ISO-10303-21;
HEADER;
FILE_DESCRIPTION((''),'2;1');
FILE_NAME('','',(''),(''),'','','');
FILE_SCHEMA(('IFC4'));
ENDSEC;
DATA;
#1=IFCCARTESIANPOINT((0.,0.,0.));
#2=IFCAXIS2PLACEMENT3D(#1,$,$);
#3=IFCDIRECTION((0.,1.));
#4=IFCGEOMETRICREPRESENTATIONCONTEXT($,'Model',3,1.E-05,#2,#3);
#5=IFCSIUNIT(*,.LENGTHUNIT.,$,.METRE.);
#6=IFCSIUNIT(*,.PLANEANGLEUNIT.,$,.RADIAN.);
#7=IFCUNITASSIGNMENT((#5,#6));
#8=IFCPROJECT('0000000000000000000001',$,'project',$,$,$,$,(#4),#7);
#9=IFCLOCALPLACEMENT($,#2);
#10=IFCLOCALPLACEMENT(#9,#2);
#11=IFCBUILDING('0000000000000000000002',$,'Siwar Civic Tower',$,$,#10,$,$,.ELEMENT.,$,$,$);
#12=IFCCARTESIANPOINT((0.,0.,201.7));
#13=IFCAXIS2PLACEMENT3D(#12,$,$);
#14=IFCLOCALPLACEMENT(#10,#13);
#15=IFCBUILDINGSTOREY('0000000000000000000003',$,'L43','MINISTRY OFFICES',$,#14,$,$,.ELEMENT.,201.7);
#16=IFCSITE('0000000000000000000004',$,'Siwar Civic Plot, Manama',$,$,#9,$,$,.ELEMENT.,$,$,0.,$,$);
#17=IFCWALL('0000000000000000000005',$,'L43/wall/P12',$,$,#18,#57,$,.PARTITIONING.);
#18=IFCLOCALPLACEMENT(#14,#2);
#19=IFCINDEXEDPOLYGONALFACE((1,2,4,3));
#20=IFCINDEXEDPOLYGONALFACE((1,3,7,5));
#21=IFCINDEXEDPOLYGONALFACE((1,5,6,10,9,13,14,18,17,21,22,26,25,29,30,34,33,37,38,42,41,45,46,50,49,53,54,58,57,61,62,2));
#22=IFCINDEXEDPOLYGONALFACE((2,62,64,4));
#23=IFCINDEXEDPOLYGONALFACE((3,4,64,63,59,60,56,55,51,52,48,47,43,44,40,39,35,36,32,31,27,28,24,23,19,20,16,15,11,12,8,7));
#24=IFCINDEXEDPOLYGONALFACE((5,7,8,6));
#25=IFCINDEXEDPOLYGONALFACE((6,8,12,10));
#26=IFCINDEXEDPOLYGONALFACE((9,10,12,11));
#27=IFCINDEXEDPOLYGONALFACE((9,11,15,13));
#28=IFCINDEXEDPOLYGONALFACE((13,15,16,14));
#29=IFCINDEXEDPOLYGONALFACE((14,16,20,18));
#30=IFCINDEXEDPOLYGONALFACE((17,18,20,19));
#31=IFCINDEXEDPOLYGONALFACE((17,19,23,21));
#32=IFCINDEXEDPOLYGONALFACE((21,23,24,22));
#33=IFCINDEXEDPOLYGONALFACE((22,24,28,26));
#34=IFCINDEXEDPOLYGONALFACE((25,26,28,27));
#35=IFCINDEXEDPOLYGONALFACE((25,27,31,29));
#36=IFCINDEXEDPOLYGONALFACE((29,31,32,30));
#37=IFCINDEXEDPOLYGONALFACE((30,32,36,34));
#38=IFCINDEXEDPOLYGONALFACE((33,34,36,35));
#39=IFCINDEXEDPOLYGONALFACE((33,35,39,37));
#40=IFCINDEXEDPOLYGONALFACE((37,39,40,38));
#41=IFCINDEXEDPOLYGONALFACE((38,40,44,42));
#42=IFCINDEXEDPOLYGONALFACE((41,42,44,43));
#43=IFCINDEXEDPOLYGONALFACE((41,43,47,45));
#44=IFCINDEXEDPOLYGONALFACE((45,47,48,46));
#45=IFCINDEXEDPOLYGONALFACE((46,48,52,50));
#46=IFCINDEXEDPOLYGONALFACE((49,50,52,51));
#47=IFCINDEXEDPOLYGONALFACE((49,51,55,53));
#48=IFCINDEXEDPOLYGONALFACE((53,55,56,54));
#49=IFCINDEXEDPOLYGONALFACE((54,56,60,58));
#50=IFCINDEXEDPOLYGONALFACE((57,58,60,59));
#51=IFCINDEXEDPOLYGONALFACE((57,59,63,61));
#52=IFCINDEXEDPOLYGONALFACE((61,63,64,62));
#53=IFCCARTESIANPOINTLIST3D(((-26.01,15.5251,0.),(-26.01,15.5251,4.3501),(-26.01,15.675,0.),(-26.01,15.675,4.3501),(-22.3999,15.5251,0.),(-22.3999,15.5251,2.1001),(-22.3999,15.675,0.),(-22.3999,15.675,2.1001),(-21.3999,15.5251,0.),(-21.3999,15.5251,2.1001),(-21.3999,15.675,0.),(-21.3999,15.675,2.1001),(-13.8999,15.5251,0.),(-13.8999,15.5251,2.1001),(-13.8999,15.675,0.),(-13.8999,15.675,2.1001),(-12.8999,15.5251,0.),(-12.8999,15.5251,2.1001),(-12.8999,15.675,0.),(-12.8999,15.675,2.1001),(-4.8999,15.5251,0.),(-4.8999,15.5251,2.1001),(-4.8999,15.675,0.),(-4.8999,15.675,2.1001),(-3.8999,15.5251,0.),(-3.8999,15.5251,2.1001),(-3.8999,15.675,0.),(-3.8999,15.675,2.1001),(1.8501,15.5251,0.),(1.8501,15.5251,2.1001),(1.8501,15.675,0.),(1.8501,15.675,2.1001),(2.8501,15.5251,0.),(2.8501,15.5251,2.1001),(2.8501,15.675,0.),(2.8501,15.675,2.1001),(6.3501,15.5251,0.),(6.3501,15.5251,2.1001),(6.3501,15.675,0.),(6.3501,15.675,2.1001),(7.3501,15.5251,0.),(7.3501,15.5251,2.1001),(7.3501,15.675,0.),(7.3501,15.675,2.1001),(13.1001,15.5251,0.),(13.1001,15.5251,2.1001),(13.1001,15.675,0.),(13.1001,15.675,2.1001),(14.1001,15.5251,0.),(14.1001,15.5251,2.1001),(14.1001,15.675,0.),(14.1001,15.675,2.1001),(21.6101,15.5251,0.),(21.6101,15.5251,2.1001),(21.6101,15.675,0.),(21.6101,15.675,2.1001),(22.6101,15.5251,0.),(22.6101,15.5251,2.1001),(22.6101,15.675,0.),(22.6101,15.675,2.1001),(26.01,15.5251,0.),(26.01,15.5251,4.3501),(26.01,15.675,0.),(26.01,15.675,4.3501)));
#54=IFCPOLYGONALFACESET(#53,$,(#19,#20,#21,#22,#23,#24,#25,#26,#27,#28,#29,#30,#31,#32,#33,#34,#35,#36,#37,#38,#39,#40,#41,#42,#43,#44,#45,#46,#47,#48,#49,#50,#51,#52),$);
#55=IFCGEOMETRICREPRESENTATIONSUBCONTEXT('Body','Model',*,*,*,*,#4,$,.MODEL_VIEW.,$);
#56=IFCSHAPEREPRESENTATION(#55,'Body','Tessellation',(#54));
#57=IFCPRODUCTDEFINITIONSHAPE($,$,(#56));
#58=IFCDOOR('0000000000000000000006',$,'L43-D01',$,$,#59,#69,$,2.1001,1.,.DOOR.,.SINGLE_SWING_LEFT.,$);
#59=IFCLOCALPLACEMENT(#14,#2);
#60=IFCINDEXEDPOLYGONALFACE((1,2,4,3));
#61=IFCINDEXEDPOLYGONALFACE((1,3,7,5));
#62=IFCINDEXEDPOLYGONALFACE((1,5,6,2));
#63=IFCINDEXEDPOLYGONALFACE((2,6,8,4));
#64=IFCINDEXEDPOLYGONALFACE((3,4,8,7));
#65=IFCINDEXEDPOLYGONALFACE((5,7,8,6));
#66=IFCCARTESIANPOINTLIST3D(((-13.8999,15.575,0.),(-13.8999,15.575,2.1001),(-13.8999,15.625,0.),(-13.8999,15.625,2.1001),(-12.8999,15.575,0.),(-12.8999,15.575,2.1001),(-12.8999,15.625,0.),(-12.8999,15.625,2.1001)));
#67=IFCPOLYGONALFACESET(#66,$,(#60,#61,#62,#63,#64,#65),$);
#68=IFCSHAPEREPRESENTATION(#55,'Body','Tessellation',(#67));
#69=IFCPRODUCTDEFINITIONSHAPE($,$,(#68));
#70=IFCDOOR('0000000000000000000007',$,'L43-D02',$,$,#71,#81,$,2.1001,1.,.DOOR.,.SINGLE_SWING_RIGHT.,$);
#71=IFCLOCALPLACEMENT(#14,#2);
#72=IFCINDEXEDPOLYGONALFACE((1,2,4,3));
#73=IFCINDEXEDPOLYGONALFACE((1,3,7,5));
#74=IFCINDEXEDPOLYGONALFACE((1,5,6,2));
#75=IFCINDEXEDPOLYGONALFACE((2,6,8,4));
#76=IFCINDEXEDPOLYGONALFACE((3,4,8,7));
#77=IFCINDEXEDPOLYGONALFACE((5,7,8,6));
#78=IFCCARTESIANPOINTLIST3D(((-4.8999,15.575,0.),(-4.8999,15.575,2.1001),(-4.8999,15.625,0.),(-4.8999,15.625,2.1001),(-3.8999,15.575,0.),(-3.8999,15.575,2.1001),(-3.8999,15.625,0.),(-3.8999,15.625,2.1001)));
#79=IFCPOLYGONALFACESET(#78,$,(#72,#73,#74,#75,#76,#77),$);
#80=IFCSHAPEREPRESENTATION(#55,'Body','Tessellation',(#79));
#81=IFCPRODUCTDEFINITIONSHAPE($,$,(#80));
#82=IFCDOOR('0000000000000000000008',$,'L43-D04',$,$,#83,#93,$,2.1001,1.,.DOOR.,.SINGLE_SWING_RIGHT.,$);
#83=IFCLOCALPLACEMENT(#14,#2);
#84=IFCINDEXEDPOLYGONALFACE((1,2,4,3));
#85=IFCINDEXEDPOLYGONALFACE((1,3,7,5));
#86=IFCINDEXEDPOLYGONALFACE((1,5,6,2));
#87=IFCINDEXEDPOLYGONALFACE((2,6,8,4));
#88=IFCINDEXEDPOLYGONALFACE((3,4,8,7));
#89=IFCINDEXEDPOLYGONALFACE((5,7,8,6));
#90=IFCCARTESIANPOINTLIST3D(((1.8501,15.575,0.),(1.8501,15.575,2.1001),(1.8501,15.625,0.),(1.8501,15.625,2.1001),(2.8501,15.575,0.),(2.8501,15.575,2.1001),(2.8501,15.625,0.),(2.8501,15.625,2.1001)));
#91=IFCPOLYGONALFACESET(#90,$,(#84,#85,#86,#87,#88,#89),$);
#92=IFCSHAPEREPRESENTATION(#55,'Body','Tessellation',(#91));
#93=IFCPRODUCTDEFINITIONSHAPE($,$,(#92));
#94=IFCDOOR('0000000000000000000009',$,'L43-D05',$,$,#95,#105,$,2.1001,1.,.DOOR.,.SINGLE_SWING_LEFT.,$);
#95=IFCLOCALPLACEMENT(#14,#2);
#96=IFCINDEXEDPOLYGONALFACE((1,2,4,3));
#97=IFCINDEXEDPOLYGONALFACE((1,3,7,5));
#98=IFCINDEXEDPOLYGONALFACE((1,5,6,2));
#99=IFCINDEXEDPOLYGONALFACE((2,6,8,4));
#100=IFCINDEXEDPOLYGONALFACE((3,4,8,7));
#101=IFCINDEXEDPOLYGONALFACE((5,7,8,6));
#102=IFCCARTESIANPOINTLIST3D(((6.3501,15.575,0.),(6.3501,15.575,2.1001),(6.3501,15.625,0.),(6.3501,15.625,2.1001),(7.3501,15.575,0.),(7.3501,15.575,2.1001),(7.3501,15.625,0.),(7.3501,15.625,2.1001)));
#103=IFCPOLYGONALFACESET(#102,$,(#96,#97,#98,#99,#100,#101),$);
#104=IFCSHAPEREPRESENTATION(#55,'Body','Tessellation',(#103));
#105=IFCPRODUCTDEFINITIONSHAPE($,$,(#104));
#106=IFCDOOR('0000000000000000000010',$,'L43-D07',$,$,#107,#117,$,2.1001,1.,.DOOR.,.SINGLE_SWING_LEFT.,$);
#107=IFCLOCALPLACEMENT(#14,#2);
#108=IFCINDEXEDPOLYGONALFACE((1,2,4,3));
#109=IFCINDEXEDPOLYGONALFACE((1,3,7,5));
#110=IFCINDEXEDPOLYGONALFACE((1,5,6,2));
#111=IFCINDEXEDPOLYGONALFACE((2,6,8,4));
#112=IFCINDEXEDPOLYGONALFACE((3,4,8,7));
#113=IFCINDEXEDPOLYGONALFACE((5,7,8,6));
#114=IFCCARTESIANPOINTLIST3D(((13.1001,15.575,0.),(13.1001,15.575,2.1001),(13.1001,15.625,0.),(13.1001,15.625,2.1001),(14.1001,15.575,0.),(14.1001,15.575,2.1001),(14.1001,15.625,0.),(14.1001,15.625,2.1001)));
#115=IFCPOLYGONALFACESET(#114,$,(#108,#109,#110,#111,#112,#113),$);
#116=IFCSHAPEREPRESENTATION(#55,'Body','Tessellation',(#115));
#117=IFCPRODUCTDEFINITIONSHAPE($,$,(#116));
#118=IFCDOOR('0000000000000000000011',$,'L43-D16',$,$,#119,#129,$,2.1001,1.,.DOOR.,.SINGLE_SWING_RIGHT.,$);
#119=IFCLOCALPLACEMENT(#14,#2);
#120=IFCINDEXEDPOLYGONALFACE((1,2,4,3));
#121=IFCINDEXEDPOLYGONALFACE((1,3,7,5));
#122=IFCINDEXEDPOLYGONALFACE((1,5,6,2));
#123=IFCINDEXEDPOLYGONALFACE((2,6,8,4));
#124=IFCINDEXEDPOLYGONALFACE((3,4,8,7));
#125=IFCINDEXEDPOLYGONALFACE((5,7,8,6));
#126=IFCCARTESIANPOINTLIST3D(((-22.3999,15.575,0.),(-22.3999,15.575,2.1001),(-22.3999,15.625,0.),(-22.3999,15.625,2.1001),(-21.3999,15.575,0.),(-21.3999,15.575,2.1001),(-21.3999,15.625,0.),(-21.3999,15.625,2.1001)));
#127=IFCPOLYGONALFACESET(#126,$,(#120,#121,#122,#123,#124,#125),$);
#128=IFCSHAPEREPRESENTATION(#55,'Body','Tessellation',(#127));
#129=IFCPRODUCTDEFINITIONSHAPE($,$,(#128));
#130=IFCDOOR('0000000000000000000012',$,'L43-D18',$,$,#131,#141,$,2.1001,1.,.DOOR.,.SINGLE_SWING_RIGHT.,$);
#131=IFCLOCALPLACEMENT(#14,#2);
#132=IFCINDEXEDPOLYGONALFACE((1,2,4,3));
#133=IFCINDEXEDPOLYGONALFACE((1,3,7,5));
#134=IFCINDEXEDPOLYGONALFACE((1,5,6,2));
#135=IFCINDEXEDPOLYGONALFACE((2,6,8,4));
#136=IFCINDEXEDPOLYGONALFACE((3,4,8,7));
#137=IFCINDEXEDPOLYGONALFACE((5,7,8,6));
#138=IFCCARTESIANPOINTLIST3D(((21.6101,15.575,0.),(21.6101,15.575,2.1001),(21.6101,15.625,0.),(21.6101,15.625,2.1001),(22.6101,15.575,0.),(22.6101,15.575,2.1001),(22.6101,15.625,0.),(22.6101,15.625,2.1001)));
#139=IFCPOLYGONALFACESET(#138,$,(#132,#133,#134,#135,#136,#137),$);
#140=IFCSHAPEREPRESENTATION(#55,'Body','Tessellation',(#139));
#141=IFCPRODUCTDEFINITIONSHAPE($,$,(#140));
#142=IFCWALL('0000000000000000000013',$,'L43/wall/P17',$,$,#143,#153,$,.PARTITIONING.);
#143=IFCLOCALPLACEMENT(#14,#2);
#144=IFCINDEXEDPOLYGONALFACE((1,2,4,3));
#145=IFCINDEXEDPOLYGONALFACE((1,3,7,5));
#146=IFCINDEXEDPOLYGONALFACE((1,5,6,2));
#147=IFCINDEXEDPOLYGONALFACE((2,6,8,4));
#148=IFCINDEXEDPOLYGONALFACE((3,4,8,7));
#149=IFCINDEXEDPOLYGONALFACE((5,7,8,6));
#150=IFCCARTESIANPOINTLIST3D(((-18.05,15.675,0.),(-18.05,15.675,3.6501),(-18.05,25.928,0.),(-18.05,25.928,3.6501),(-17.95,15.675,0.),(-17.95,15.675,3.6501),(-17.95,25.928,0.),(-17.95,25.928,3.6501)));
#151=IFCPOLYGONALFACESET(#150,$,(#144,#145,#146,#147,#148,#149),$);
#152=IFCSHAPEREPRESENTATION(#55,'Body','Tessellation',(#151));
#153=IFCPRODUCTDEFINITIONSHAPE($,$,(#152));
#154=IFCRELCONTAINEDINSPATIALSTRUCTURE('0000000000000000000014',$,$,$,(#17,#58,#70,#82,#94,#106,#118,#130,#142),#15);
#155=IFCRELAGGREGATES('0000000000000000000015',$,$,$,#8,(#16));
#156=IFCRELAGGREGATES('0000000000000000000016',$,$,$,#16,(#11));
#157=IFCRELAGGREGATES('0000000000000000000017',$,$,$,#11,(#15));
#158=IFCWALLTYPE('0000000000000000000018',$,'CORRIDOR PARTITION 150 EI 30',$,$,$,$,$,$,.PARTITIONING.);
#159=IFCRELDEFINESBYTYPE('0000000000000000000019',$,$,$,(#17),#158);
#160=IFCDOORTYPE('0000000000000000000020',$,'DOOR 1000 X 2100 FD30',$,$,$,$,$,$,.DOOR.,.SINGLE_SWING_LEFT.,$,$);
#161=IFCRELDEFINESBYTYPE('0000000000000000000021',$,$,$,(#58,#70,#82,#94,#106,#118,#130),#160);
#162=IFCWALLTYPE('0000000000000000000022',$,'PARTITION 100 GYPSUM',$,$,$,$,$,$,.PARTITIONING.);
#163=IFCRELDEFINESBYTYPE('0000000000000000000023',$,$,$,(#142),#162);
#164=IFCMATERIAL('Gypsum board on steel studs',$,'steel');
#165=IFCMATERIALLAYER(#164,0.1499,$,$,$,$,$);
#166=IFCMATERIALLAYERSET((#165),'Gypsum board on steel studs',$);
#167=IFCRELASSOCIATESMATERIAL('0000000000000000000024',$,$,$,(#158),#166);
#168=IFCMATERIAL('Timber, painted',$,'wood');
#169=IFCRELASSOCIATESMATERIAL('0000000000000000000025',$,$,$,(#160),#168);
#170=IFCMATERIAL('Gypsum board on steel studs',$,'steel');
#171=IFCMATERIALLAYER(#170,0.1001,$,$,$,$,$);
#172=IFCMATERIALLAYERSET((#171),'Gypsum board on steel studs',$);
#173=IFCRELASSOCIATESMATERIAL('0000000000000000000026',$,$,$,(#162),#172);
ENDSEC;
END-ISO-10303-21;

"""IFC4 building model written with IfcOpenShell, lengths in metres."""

from ifc_helpers import new_model, si_unit, direction, frame, frame_2d, origin, place, context, subcontext, project, spatial, rectangle, extrude, material, layer, layer_set, type_object, element, fill, save


model = new_model("IFC4")

# Units and contexts
model_context = context("Model", 3, precision=1e-05, world=origin(), true_north=direction((0.0, 1.0)))
body_context = subcontext(model_context, "Body", "Model", "MODEL_VIEW")
ifc_project = project(units=[si_unit("LENGTHUNIT", "METRE"), si_unit("PLANEANGLEUNIT", "RADIAN")], contexts=[model_context])

# Site, building, storey
site_placement = place(None, origin())
site = spatial("IfcSite", under=ifc_project, at=site_placement, Name="Siwar Civic Plot, Manama", CompositionType="ELEMENT", RefElevation=0.0)
building_placement = place(site_placement, origin())
building = spatial("IfcBuilding", under=site, at=building_placement, Name="Siwar Civic Tower", CompositionType="ELEMENT")
storey_placement = place(building_placement, frame((0.0, 0.0, 201.7)))
storey = spatial("IfcBuildingStorey", under=building, at=storey_placement, Name="L43", Description="MINISTRY OFFICES", CompositionType="ELEMENT", Elevation=201.7)

# Shared definitions
ifc_material_1 = material(Name="Gypsum board on steel studs", Category="steel")
ifc_layer_1 = layer(ifc_material_1, 0.1499)
ifc_layer_set_1 = layer_set([ifc_layer_1], Name="Gypsum board on steel studs")
wall_type_1 = type_object("IfcWallType", Name="CORRIDOR PARTITION 150 EI 30", PredefinedType="PARTITIONING", material=ifc_layer_set_1)

# Wall, openings, doors
wall_1_placement = place(storey_placement, frame((-26.01, 15.6001, 0.0), z_axis=(0.0, 0.0, 1.0), x_axis=(1.0, 0.0, 0.0)))
wall_1 = element("IfcWall", 1, at=wall_1_placement, inside=storey, type_object=wall_type_1, Name="L43/wall/P12", PredefinedType="PARTITIONING", context=body_context, shape_type="SweptSolid", body=[
    extrude(rectangle(XDim=52.02, YDim=0.1499, at=frame_2d((26.01, 0.0))), origin(), (0.0, 0.0, 1.0), 4.3501),
])
opening_1_placement = place(wall_1_placement, frame((12.1101, 0.0, 0.0)))
opening_1 = element("IfcOpeningElement", 2, at=opening_1_placement, cuts=wall_1, PredefinedType="OPENING", context=body_context, shape_type="SweptSolid", body=[
    extrude(rectangle(XDim=1.0, YDim=2.1001, at=frame_2d((0.5, 1.05))), frame((0.0, 0.085, 0.0), z_axis=(0.0, -1.0, 0.0), x_axis=(1.0, 0.0, 0.0)), (0.0, 0.0, 1.0), 0.1699),
])
opening_2_placement = place(wall_1_placement, frame((21.1101, 0.0, 0.0)))
opening_2 = element("IfcOpeningElement", 3, at=opening_2_placement, cuts=wall_1, PredefinedType="OPENING", context=body_context, shape_type="SweptSolid", body=[
    extrude(rectangle(XDim=1.0, YDim=2.1001, at=frame_2d((0.5, 1.05))), frame((0.0, 0.085, 0.0), z_axis=(0.0, -1.0, 0.0), x_axis=(1.0, 0.0, 0.0)), (0.0, 0.0, 1.0), 0.1699),
])
opening_3_placement = place(wall_1_placement, frame((27.8601, 0.0, 0.0)))
opening_3 = element("IfcOpeningElement", 4, at=opening_3_placement, cuts=wall_1, PredefinedType="OPENING", context=body_context, shape_type="SweptSolid", body=[
    extrude(rectangle(XDim=1.0, YDim=2.1001, at=frame_2d((0.5, 1.05))), frame((0.0, 0.085, 0.0), z_axis=(0.0, -1.0, 0.0), x_axis=(1.0, 0.0, 0.0)), (0.0, 0.0, 1.0), 0.1699),
])
opening_4_placement = place(wall_1_placement, frame((32.3601, 0.0, 0.0)))
opening_4 = element("IfcOpeningElement", 5, at=opening_4_placement, cuts=wall_1, PredefinedType="OPENING", context=body_context, shape_type="SweptSolid", body=[
    extrude(rectangle(XDim=1.0, YDim=2.1001, at=frame_2d((0.5, 1.05))), frame((0.0, 0.085, 0.0), z_axis=(0.0, -1.0, 0.0), x_axis=(1.0, 0.0, 0.0)), (0.0, 0.0, 1.0), 0.1699),
])
opening_5_placement = place(wall_1_placement, frame((39.1101, 0.0, 0.0)))
opening_5 = element("IfcOpeningElement", 6, at=opening_5_placement, cuts=wall_1, PredefinedType="OPENING", context=body_context, shape_type="SweptSolid", body=[
    extrude(rectangle(XDim=1.0, YDim=2.1001, at=frame_2d((0.5, 1.05))), frame((0.0, 0.085, 0.0), z_axis=(0.0, -1.0, 0.0), x_axis=(1.0, 0.0, 0.0)), (0.0, 0.0, 1.0), 0.1699),
])
opening_6_placement = place(wall_1_placement, frame((3.6101, 0.0, 0.0)))
opening_6 = element("IfcOpeningElement", 7, at=opening_6_placement, cuts=wall_1, PredefinedType="OPENING", context=body_context, shape_type="SweptSolid", body=[
    extrude(rectangle(XDim=1.0, YDim=2.1001, at=frame_2d((0.5, 1.05))), frame((0.0, 0.085, 0.0), z_axis=(0.0, -1.0, 0.0), x_axis=(1.0, 0.0, 0.0)), (0.0, 0.0, 1.0), 0.1699),
])
opening_7_placement = place(wall_1_placement, frame((47.6201, 0.0, 0.0)))
opening_7 = element("IfcOpeningElement", 8, at=opening_7_placement, cuts=wall_1, PredefinedType="OPENING", context=body_context, shape_type="SweptSolid", body=[
    extrude(rectangle(XDim=1.0, YDim=2.1001, at=frame_2d((0.5, 1.05))), frame((0.0, 0.085, 0.0), z_axis=(0.0, -1.0, 0.0), x_axis=(1.0, 0.0, 0.0)), (0.0, 0.0, 1.0), 0.1699),
])
ifc_material_2 = material(Name="Timber, painted", Category="wood")
door_type = type_object("IfcDoorType", Name="DOOR 1000 X 2100 FD30", OperationType="SINGLE_SWING_LEFT", PredefinedType="DOOR", material=ifc_material_2)
door_1_placement = place(opening_1_placement, origin())
door_1 = element("IfcDoor", 9, at=door_1_placement, inside=storey, type_object=door_type, Name="L43-D01", OperationType="SINGLE_SWING_LEFT", OverallHeight=2.1001, OverallWidth=1.0, PredefinedType="DOOR", context=body_context, shape_type="SweptSolid", body=[
    extrude(rectangle(XDim=1.0, YDim=2.1001, at=frame_2d((0.5, 1.05))), frame((0.0, 0.0249, 0.0), z_axis=(0.0, -1.0, 0.0), x_axis=(1.0, 0.0, 0.0)), (0.0, 0.0, 1.0), 0.05),
])
fill(opening_1, door_1)
door_2_placement = place(opening_2_placement, origin())
door_2 = element("IfcDoor", 10, at=door_2_placement, inside=storey, type_object=door_type, Name="L43-D02", OperationType="SINGLE_SWING_RIGHT", OverallHeight=2.1001, OverallWidth=1.0, PredefinedType="DOOR", context=body_context, shape_type="SweptSolid", body=[
    extrude(rectangle(XDim=1.0, YDim=2.1001, at=frame_2d((0.5, 1.05))), frame((0.0, 0.0249, 0.0), z_axis=(0.0, -1.0, 0.0), x_axis=(1.0, 0.0, 0.0)), (0.0, 0.0, 1.0), 0.05),
])
fill(opening_2, door_2)
door_3_placement = place(opening_3_placement, origin())
door_3 = element("IfcDoor", 11, at=door_3_placement, inside=storey, type_object=door_type, Name="L43-D04", OperationType="SINGLE_SWING_RIGHT", OverallHeight=2.1001, OverallWidth=1.0, PredefinedType="DOOR", context=body_context, shape_type="SweptSolid", body=[
    extrude(rectangle(XDim=1.0, YDim=2.1001, at=frame_2d((0.5, 1.05))), frame((0.0, 0.0249, 0.0), z_axis=(0.0, -1.0, 0.0), x_axis=(1.0, 0.0, 0.0)), (0.0, 0.0, 1.0), 0.05),
])
fill(opening_3, door_3)
door_4_placement = place(opening_4_placement, origin())
door_4 = element("IfcDoor", 12, at=door_4_placement, inside=storey, type_object=door_type, Name="L43-D05", OperationType="SINGLE_SWING_LEFT", OverallHeight=2.1001, OverallWidth=1.0, PredefinedType="DOOR", context=body_context, shape_type="SweptSolid", body=[
    extrude(rectangle(XDim=1.0, YDim=2.1001, at=frame_2d((0.5, 1.05))), frame((0.0, 0.0249, 0.0), z_axis=(0.0, -1.0, 0.0), x_axis=(1.0, 0.0, 0.0)), (0.0, 0.0, 1.0), 0.05),
])
fill(opening_4, door_4)
door_5_placement = place(opening_5_placement, origin())
door_5 = element("IfcDoor", 13, at=door_5_placement, inside=storey, type_object=door_type, Name="L43-D07", OperationType="SINGLE_SWING_LEFT", OverallHeight=2.1001, OverallWidth=1.0, PredefinedType="DOOR", context=body_context, shape_type="SweptSolid", body=[
    extrude(rectangle(XDim=1.0, YDim=2.1001, at=frame_2d((0.5, 1.05))), frame((0.0, 0.0249, 0.0), z_axis=(0.0, -1.0, 0.0), x_axis=(1.0, 0.0, 0.0)), (0.0, 0.0, 1.0), 0.05),
])
fill(opening_5, door_5)
door_6_placement = place(opening_6_placement, origin())
door_6 = element("IfcDoor", 14, at=door_6_placement, inside=storey, type_object=door_type, Name="L43-D16", OperationType="SINGLE_SWING_RIGHT", OverallHeight=2.1001, OverallWidth=1.0, PredefinedType="DOOR", context=body_context, shape_type="SweptSolid", body=[
    extrude(rectangle(XDim=1.0, YDim=2.1001, at=frame_2d((0.5, 1.05))), frame((0.0, 0.0249, 0.0), z_axis=(0.0, -1.0, 0.0), x_axis=(1.0, 0.0, 0.0)), (0.0, 0.0, 1.0), 0.05),
])
fill(opening_6, door_6)
door_7_placement = place(opening_7_placement, origin())
door_7 = element("IfcDoor", 15, at=door_7_placement, inside=storey, type_object=door_type, Name="L43-D18", OperationType="SINGLE_SWING_RIGHT", OverallHeight=2.1001, OverallWidth=1.0, PredefinedType="DOOR", context=body_context, shape_type="SweptSolid", body=[
    extrude(rectangle(XDim=1.0, YDim=2.1001, at=frame_2d((0.5, 1.05))), frame((0.0, 0.0249, 0.0), z_axis=(0.0, -1.0, 0.0), x_axis=(1.0, 0.0, 0.0)), (0.0, 0.0, 1.0), 0.05),
])
fill(opening_7, door_7)

# Wall
ifc_material_3 = material(Name="Gypsum board on steel studs", Category="steel")
ifc_layer_2 = layer(ifc_material_3, 0.1001)
ifc_layer_set_2 = layer_set([ifc_layer_2], Name="Gypsum board on steel studs")
wall_type_2 = type_object("IfcWallType", Name="PARTITION 100 GYPSUM", PredefinedType="PARTITIONING", material=ifc_layer_set_2)
wall_2_placement = place(storey_placement, frame((-18.0, 15.675, 0.0), z_axis=(0.0, 0.0, 1.0), x_axis=(0.0, 1.0, 0.0)))
element("IfcWall", 16, at=wall_2_placement, inside=storey, type_object=wall_type_2, Name="L43/wall/P17", PredefinedType="PARTITIONING", context=body_context, shape_type="SweptSolid", body=[
    extrude(rectangle(XDim=10.2529, YDim=0.1001, at=frame_2d((5.1265, 0.0))), origin(), (0.0, 0.0, 1.0), 3.6501),
])

save(model, "model.ifc")
